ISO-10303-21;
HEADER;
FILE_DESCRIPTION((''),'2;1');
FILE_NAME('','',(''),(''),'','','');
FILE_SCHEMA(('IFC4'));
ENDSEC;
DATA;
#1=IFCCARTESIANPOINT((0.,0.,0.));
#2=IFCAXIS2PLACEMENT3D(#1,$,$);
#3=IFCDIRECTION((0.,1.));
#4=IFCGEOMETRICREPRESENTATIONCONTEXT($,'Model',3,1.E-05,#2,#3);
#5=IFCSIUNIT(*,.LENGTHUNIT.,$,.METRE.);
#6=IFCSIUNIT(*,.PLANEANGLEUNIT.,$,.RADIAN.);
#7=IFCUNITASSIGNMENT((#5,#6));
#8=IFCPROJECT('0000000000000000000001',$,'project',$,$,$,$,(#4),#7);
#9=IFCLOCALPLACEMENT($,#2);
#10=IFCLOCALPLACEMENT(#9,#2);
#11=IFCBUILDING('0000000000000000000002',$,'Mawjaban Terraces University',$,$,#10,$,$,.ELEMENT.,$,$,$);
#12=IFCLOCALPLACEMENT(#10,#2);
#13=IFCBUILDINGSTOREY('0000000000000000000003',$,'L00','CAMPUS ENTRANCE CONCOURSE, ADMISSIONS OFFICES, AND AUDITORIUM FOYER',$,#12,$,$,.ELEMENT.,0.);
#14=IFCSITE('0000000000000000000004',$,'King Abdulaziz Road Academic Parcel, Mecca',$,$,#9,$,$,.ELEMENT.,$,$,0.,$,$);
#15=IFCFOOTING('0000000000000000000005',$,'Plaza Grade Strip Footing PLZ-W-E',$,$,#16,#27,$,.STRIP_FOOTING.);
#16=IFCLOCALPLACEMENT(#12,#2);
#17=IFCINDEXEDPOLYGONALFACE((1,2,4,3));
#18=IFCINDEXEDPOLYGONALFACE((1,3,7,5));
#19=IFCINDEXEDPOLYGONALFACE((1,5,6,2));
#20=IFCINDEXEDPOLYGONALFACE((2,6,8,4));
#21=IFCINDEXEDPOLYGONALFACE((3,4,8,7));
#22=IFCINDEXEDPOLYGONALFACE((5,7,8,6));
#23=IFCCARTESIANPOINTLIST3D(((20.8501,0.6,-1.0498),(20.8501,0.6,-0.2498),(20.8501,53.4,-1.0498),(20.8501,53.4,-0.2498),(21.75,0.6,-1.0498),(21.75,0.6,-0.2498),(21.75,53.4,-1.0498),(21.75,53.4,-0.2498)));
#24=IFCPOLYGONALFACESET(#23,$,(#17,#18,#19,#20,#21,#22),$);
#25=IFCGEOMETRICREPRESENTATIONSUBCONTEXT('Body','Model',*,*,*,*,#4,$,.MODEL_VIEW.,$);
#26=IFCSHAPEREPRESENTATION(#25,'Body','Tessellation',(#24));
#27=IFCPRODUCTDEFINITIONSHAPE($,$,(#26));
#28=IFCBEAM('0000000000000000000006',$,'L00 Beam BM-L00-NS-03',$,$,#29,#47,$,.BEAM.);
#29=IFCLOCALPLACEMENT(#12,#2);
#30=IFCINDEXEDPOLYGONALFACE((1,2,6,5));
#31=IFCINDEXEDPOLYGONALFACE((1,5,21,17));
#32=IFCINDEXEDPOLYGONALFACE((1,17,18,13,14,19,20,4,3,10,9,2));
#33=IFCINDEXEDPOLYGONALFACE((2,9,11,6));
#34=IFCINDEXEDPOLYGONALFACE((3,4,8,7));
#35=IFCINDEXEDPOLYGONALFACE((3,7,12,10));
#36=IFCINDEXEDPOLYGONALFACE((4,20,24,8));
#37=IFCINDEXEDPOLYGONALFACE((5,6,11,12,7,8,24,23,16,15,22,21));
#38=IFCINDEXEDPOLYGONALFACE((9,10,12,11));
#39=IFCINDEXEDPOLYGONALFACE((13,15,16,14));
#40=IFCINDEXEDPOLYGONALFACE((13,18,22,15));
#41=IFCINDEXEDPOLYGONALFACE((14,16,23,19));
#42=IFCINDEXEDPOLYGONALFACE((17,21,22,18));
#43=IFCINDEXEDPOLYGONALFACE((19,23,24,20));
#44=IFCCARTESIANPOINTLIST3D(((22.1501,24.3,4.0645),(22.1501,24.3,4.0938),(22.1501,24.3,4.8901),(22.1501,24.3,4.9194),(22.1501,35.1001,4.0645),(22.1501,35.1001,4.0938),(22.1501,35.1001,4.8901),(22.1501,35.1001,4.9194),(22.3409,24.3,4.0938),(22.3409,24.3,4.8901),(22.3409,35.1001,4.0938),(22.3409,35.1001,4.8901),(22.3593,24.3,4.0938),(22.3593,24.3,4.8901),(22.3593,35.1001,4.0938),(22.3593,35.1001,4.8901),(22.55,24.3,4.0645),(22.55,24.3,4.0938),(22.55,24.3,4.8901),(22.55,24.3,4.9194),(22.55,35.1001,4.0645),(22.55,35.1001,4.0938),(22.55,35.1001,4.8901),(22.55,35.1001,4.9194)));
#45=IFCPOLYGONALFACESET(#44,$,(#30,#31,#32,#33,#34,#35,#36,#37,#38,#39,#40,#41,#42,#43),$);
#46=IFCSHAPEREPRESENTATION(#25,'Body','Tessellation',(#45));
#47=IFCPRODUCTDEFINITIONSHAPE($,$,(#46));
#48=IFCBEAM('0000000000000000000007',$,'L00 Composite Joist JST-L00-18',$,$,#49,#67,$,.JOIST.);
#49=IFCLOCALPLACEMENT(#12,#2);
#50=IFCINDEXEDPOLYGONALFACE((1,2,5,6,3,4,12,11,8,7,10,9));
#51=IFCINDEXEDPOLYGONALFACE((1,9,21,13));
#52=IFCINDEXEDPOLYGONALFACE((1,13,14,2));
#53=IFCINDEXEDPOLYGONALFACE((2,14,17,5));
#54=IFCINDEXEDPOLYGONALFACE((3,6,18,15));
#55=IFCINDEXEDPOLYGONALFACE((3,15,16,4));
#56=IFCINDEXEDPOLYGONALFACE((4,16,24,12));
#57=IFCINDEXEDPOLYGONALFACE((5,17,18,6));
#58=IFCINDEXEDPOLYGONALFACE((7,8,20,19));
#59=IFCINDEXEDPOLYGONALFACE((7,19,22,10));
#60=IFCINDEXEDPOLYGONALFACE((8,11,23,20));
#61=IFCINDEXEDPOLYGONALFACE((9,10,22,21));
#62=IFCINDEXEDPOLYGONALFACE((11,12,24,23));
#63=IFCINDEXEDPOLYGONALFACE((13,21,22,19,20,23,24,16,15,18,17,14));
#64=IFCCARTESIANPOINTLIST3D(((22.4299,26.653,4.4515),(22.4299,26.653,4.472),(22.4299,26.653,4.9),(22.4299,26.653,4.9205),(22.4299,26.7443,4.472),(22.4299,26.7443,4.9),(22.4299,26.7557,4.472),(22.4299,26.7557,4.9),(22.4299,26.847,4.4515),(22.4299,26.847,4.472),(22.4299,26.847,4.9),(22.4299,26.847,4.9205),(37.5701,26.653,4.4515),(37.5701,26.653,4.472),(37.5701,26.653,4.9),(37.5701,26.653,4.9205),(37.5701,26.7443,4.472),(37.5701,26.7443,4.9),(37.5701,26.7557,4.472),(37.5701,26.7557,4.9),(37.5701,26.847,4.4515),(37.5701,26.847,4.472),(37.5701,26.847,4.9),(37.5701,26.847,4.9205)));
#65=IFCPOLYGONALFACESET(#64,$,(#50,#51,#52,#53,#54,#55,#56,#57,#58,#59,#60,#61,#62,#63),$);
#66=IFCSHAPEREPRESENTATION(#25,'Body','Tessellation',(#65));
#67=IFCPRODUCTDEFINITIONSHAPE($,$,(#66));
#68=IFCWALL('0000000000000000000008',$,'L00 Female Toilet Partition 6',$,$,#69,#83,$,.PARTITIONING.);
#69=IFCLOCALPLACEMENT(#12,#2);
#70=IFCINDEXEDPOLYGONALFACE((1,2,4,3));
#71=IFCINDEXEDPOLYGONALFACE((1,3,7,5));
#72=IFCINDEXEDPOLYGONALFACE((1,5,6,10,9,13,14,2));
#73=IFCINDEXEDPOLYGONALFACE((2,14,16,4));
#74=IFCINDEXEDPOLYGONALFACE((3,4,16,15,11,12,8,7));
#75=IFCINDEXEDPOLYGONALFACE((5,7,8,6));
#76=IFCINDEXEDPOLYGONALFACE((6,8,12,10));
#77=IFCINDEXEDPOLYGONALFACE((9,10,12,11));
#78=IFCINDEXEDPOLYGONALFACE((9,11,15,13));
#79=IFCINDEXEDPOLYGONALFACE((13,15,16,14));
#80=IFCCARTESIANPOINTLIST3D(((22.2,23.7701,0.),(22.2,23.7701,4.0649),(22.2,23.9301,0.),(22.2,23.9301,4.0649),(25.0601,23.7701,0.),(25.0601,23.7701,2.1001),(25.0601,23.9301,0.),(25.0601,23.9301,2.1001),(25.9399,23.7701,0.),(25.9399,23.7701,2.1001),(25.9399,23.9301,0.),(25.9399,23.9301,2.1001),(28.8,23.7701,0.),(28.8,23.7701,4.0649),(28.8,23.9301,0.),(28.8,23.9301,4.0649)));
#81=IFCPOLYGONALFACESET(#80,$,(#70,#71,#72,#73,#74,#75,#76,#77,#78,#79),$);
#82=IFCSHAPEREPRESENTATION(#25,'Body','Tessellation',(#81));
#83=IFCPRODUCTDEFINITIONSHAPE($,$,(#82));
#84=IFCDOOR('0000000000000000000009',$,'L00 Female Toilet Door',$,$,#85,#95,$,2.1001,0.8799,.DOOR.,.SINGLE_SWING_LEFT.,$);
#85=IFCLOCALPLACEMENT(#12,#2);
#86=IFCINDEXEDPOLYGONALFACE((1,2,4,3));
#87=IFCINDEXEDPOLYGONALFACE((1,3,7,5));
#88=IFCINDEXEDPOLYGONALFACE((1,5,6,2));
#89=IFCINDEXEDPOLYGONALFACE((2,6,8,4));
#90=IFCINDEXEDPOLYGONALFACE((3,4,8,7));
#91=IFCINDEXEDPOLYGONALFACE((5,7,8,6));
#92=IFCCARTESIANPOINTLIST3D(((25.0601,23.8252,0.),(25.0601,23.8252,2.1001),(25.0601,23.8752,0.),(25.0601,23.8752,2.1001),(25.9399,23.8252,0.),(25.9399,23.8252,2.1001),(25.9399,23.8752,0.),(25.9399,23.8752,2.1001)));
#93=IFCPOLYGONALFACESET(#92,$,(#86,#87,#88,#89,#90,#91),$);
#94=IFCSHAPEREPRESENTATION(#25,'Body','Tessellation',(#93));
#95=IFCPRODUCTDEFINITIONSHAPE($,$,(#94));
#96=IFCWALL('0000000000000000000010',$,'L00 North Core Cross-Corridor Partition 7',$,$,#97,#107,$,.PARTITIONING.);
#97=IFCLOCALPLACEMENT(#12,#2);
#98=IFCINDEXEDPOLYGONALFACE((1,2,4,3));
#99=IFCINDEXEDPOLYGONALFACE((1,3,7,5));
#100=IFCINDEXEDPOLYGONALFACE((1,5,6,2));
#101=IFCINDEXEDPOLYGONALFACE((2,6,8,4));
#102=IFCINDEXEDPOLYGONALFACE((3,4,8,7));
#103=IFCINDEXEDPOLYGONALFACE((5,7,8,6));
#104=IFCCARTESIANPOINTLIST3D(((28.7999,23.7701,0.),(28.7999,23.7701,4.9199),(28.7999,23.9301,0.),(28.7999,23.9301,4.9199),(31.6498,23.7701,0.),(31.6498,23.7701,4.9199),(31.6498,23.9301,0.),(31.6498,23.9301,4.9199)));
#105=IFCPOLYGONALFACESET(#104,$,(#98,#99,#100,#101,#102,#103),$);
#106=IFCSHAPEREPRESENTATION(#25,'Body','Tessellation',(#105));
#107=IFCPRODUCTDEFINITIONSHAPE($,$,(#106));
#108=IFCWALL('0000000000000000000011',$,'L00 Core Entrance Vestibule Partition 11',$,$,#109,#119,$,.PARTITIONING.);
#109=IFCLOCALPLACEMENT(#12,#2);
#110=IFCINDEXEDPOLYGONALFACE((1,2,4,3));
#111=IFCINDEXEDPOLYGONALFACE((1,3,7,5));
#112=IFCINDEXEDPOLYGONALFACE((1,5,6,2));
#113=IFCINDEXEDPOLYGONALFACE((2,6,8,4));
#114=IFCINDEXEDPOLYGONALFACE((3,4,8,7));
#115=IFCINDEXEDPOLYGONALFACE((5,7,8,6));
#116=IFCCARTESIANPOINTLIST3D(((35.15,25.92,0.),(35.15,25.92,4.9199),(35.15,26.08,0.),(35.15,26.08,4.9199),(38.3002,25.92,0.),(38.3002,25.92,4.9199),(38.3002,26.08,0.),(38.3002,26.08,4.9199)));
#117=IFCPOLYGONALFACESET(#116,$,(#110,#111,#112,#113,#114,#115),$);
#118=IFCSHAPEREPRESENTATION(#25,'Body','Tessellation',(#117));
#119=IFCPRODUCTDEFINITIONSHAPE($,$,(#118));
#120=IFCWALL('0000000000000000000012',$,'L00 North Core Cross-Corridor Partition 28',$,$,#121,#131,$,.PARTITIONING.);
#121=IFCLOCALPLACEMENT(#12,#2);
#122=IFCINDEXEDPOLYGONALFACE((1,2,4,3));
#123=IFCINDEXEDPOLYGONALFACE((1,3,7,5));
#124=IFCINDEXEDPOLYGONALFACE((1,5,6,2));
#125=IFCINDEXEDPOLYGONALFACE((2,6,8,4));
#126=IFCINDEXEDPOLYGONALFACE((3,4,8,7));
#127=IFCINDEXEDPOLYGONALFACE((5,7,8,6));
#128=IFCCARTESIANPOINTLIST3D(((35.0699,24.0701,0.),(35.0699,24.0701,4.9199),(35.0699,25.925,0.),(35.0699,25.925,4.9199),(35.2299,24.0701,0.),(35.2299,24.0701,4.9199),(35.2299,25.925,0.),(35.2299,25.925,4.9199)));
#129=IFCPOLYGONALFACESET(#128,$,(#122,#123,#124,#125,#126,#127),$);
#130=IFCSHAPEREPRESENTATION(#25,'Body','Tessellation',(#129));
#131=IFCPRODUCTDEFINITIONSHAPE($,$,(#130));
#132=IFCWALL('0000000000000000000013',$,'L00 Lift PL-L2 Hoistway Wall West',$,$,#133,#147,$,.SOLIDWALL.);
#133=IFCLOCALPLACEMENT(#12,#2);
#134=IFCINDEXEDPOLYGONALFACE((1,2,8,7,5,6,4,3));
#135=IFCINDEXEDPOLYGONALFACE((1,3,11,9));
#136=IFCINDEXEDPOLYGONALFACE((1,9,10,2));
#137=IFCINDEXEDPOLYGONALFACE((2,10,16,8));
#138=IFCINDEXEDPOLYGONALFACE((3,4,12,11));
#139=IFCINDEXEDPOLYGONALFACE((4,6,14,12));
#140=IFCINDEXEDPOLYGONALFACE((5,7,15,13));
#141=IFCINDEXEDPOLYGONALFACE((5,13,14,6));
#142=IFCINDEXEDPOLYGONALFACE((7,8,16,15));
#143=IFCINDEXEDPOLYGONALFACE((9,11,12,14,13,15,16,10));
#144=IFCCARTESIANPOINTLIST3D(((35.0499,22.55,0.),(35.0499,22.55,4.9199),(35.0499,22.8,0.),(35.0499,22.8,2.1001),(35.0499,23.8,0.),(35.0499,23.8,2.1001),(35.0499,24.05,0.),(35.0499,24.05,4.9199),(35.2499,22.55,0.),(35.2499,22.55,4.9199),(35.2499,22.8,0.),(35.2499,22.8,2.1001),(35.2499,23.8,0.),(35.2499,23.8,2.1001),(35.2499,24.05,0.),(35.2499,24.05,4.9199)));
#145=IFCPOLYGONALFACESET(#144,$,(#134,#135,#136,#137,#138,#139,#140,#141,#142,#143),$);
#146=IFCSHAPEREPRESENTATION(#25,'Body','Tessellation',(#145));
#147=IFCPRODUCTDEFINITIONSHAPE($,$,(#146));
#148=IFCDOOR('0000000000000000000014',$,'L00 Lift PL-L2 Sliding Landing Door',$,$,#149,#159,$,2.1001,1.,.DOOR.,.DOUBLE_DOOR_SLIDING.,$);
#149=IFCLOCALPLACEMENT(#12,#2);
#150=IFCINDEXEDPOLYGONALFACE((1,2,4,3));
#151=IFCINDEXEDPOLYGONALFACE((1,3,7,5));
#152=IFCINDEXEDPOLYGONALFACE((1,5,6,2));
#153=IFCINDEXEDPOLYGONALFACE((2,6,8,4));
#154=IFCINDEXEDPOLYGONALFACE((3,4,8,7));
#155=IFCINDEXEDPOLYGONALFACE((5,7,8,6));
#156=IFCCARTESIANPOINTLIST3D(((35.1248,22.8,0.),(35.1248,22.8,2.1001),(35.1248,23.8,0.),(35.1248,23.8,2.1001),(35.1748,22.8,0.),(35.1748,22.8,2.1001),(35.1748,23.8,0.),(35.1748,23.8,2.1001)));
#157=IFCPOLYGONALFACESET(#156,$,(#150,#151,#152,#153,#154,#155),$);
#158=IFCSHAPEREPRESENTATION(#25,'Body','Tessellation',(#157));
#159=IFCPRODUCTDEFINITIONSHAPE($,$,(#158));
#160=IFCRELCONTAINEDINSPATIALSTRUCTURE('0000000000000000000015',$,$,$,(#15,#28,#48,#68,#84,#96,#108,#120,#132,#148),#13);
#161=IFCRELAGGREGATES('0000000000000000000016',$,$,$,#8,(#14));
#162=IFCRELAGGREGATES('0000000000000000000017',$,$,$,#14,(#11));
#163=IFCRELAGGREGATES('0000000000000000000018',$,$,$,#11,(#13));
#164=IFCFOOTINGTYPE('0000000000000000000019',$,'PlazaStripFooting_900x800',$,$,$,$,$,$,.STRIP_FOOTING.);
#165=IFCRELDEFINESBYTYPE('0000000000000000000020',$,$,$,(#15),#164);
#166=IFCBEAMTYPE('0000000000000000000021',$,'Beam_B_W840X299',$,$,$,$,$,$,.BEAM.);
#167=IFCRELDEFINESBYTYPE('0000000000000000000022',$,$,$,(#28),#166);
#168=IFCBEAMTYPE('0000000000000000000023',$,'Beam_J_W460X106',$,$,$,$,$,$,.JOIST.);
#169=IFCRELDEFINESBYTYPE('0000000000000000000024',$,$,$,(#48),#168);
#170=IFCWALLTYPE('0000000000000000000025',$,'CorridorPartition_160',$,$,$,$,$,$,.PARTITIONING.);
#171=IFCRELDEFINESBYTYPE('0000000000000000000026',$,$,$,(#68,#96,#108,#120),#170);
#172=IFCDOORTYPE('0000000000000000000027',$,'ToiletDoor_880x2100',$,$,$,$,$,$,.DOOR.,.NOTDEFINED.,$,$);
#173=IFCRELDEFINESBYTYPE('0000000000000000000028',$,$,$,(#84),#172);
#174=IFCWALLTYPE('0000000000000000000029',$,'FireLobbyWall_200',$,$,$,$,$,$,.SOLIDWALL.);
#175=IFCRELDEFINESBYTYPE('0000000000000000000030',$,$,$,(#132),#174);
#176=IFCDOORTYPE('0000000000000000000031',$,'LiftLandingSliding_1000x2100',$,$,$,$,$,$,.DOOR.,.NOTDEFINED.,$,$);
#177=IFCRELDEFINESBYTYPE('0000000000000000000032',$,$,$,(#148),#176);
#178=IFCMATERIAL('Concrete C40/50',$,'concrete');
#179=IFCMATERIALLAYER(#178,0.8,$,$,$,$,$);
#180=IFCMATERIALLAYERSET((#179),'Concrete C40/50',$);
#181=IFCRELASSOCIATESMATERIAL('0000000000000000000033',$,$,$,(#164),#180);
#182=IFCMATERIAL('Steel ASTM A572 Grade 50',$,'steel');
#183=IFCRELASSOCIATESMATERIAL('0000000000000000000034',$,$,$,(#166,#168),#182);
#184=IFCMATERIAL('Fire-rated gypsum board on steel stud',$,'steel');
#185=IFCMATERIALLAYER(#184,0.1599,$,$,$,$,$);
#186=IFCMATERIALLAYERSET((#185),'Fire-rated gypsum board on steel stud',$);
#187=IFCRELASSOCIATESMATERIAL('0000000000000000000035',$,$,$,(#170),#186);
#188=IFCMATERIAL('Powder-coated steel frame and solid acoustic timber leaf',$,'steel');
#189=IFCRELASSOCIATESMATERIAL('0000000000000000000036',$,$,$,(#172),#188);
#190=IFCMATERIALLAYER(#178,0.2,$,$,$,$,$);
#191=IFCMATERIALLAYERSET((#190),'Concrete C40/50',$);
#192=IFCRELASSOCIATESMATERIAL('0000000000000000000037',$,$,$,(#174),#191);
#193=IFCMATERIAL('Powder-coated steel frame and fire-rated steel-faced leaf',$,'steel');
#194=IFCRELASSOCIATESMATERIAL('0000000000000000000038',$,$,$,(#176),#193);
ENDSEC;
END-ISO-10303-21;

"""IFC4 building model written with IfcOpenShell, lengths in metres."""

from ifc_helpers import new_model, si_unit, direction, frame, frame_2d, origin, origin_2d, place, context, subcontext, project, spatial, rectangle, i_section, extrude, material, layer, layer_set, material_profile, profile_set, type_object, element, fill, save


model = new_model("IFC4")

# Units and contexts
model_context = context("Model", 3, precision=1e-05, world=origin(), true_north=direction((0.0, 1.0)))
body_context = subcontext(model_context, "Body", "Model", "MODEL_VIEW")
ifc_project = project(units=[si_unit("LENGTHUNIT", "METRE"), si_unit("PLANEANGLEUNIT", "RADIAN")], contexts=[model_context])

# Site, building, storey
site_placement = place(None, origin())
site = spatial("IfcSite", under=ifc_project, at=site_placement, Name="King Abdulaziz Road Academic Parcel, Mecca", CompositionType="ELEMENT", RefElevation=0.0)
building_placement = place(site_placement, origin())
building = spatial("IfcBuilding", under=site, at=building_placement, Name="Mawjaban Terraces University", CompositionType="ELEMENT")
storey_placement = place(building_placement, origin())
storey = spatial("IfcBuildingStorey", under=building, at=storey_placement, Name="L00", Description="CAMPUS ENTRANCE CONCOURSE, ADMISSIONS OFFICES, AND AUDITORIUM FOYER", CompositionType="ELEMENT", Elevation=0.0)

# Footing
ifc_material_1 = material(Name="Concrete C40/50", Category="concrete")
ifc_layer_1 = layer(ifc_material_1, 0.8)
ifc_layer_set_1 = layer_set([ifc_layer_1], Name="Concrete C40/50")
footing_type = type_object("IfcFootingType", Name="PlazaStripFooting_900x800", PredefinedType="STRIP_FOOTING", material=ifc_layer_set_1)
footing_placement = place(storey_placement, frame((21.3, 27.0, -1.0498), z_axis=(0.0, 0.0, 1.0), x_axis=(1.0, 0.0, 0.0)))
element("IfcFooting", 1, at=footing_placement, inside=storey, type_object=footing_type, Name="Plaza Grade Strip Footing PLZ-W-E", PredefinedType="STRIP_FOOTING", context=body_context, shape_type="SweptSolid", body=[
    extrude(rectangle(XDim=0.8999, YDim=52.8, at=origin_2d()), origin(), (0.0, 0.0, 1.0), 0.8),
])

# Beams
ifc_material_2 = material(Name="Steel ASTM A572 Grade 50", Category="steel")
ifc_material_profile_1 = material_profile(ifc_material_2, i_section(OverallWidth=0.3999, OverallDepth=0.855, WebThickness=0.0183, FlangeThickness=0.0293, at=origin_2d()), Name="W840X299")
ifc_profile_set_1 = profile_set([ifc_material_profile_1], Name="Steel ASTM A572 Grade 50")
beam_type_1 = type_object("IfcBeamType", Name="Beam_B_W840X299", PredefinedType="BEAM", material=ifc_profile_set_1)
beam_1_placement = place(storey_placement, frame((22.3501, 24.3, 4.4919), z_axis=(0.0, 1.0, 0.0), x_axis=(-1.0, 0.0, 0.0)))
element("IfcBeam", 2, at=beam_1_placement, inside=storey, type_object=beam_type_1, Name="L00 Beam BM-L00-NS-03", PredefinedType="BEAM", context=body_context, shape_type="SweptSolid", body=[
    extrude(i_section(OverallWidth=0.3999, OverallDepth=0.855, WebThickness=0.0183, FlangeThickness=0.0293, at=origin_2d()), origin(), (0.0, 0.0, 1.0), 10.8),
])
ifc_material_profile_2 = material_profile(ifc_material_2, i_section(OverallWidth=0.1941, OverallDepth=0.469, WebThickness=0.0115, FlangeThickness=0.0205, at=origin_2d()), Name="W460X106")
ifc_profile_set_2 = profile_set([ifc_material_profile_2], Name="Steel ASTM A572 Grade 50")
beam_type_2 = type_object("IfcBeamType", Name="Beam_J_W460X106", PredefinedType="JOIST", material=ifc_profile_set_2)
beam_2_placement = place(storey_placement, frame((22.4299, 26.75, 4.686), z_axis=(1.0, 0.0, 0.0), x_axis=(0.0, 1.0, 0.0)))
element("IfcBeam", 3, at=beam_2_placement, inside=storey, type_object=beam_type_2, Name="L00 Composite Joist JST-L00-18", PredefinedType="JOIST", context=body_context, shape_type="SweptSolid", body=[
    extrude(i_section(OverallWidth=0.1941, OverallDepth=0.469, WebThickness=0.0115, FlangeThickness=0.0205, at=origin_2d()), origin(), (0.0, 0.0, 1.0), 15.1401),
])

# Wall, opening, door
ifc_material_3 = material(Name="Fire-rated gypsum board on steel stud", Category="steel")
ifc_layer_2 = layer(ifc_material_3, 0.1599)
ifc_layer_set_2 = layer_set([ifc_layer_2], Name="Fire-rated gypsum board on steel stud")
wall_type_1 = type_object("IfcWallType", Name="CorridorPartition_160", PredefinedType="PARTITIONING", material=ifc_layer_set_2)
wall_1_placement = place(storey_placement, frame((28.8, 23.8501, 0.0), z_axis=(0.0, 0.0, 1.0), x_axis=(-1.0, 0.0, 0.0)))
wall_1 = element("IfcWall", 4, at=wall_1_placement, inside=storey, type_object=wall_type_1, Name="L00 Female Toilet Partition 6", PredefinedType="PARTITIONING", context=body_context, shape_type="SweptSolid", body=[
    extrude(rectangle(XDim=6.6001, YDim=0.1599, at=frame_2d((3.3, 0.0))), origin(), (0.0, 0.0, 1.0), 4.0649),
])
opening_1_placement = place(wall_1_placement, frame((2.8601, 0.0, 0.0)))
opening_1 = element("IfcOpeningElement", 5, at=opening_1_placement, cuts=wall_1, PredefinedType="OPENING", context=body_context, shape_type="SweptSolid", body=[
    extrude(rectangle(XDim=0.8799, YDim=2.1001, at=frame_2d((0.4399, 1.05))), frame((0.0, 0.0898, 0.0), z_axis=(0.0, -1.0, 0.0), x_axis=(1.0, 0.0, 0.0)), (0.0, 0.0, 1.0), 0.1799),
])
ifc_material_4 = material(Name="Powder-coated steel frame and solid acoustic timber leaf", Category="steel")
door_type_1 = type_object("IfcDoorType", Name="ToiletDoor_880x2100", OperationType="NOTDEFINED", PredefinedType="DOOR", material=ifc_material_4)
door_1_placement = place(opening_1_placement, origin())
door_1 = element("IfcDoor", 6, at=door_1_placement, inside=storey, type_object=door_type_1, Name="L00 Female Toilet Door", OperationType="SINGLE_SWING_LEFT", OverallHeight=2.1001, OverallWidth=0.8799, PredefinedType="DOOR", context=body_context, shape_type="SweptSolid", body=[
    extrude(rectangle(XDim=0.8799, YDim=2.1001, at=frame_2d((0.4399, 1.05))), frame((0.0, 0.0249, 0.0), z_axis=(0.0, -1.0, 0.0), x_axis=(1.0, 0.0, 0.0)), (0.0, 0.0, 1.0), 0.05),
])
fill(opening_1, door_1)

# Walls
wall_2_placement = place(storey_placement, frame((28.8, 23.8501, 0.0), z_axis=(0.0, 0.0, 1.0), x_axis=(1.0, 0.0, 0.0)))
element("IfcWall", 7, at=wall_2_placement, inside=storey, type_object=wall_type_1, Name="L00 North Core Cross-Corridor Partition 7", PredefinedType="PARTITIONING", context=body_context, shape_type="SweptSolid", body=[
    extrude(rectangle(XDim=2.8499, YDim=0.1599, at=frame_2d((1.4248, 0.0))), origin(), (0.0, 0.0, 1.0), 4.9199),
])
wall_3_placement = place(storey_placement, frame((35.1499, 26.0, 0.0), z_axis=(0.0, 0.0, 1.0), x_axis=(1.0, 0.0, 0.0)))
element("IfcWall", 8, at=wall_3_placement, inside=storey, type_object=wall_type_1, Name="L00 Core Entrance Vestibule Partition 11", PredefinedType="PARTITIONING", context=body_context, shape_type="SweptSolid", body=[
    extrude(rectangle(XDim=3.1501, YDim=0.1599, at=frame_2d((1.5752, 0.0))), origin(), (0.0, 0.0, 1.0), 4.9199),
])
wall_4_placement = place(storey_placement, frame((35.1499, 24.0701, 0.0), z_axis=(0.0, 0.0, 1.0), x_axis=(0.0, 1.0, 0.0)))
element("IfcWall", 9, at=wall_4_placement, inside=storey, type_object=wall_type_1, Name="L00 North Core Cross-Corridor Partition 28", PredefinedType="PARTITIONING", context=body_context, shape_type="SweptSolid", body=[
    extrude(rectangle(XDim=1.855, YDim=0.1599, at=frame_2d((0.9275, 0.0))), origin(), (0.0, 0.0, 1.0), 4.9199),
])

# Wall, opening, door
ifc_layer_3 = layer(ifc_material_1, 0.2)
ifc_layer_set_3 = layer_set([ifc_layer_3], Name="Concrete C40/50")
wall_type_2 = type_object("IfcWallType", Name="FireLobbyWall_200", PredefinedType="SOLIDWALL", material=ifc_layer_set_3)
wall_5_placement = place(storey_placement, frame((35.1499, 24.05, 0.0), z_axis=(0.0, 0.0, 1.0), x_axis=(0.0, -1.0, 0.0)))
wall_5 = element("IfcWall", 10, at=wall_5_placement, inside=storey, type_object=wall_type_2, Name="L00 Lift PL-L2 Hoistway Wall West", PredefinedType="SOLIDWALL", context=body_context, shape_type="SweptSolid", body=[
    extrude(rectangle(XDim=1.5, YDim=0.2, at=frame_2d((0.75, 0.0))), origin(), (0.0, 0.0, 1.0), 4.9199),
])
opening_2_placement = place(wall_5_placement, frame((0.25, 0.0, 0.0)))
opening_2 = element("IfcOpeningElement", 11, at=opening_2_placement, cuts=wall_5, PredefinedType="OPENING", context=body_context, shape_type="SweptSolid", body=[
    extrude(rectangle(XDim=1.0, YDim=2.1001, at=frame_2d((0.5, 1.05))), frame((0.0, 0.1099, 0.0), z_axis=(0.0, -1.0, 0.0), x_axis=(1.0, 0.0, 0.0)), (0.0, 0.0, 1.0), 0.22),
])
ifc_material_5 = material(Name="Powder-coated steel frame and fire-rated steel-faced leaf", Category="steel")
door_type_2 = type_object("IfcDoorType", Name="LiftLandingSliding_1000x2100", OperationType="NOTDEFINED", PredefinedType="DOOR", material=ifc_material_5)
door_2_placement = place(opening_2_placement, origin())
door_2 = element("IfcDoor", 12, at=door_2_placement, inside=storey, type_object=door_type_2, Name="L00 Lift PL-L2 Sliding Landing Door", OperationType="DOUBLE_DOOR_SLIDING", OverallHeight=2.1001, OverallWidth=1.0, PredefinedType="DOOR", context=body_context, shape_type="SweptSolid", body=[
    extrude(rectangle(XDim=1.0, YDim=2.1001, at=frame_2d((0.5, 1.05))), frame((0.0, 0.0249, 0.0), z_axis=(0.0, -1.0, 0.0), x_axis=(1.0, 0.0, 0.0)), (0.0, 0.0, 1.0), 0.05),
])
fill(opening_2, door_2)

save(model, "model.ifc")
